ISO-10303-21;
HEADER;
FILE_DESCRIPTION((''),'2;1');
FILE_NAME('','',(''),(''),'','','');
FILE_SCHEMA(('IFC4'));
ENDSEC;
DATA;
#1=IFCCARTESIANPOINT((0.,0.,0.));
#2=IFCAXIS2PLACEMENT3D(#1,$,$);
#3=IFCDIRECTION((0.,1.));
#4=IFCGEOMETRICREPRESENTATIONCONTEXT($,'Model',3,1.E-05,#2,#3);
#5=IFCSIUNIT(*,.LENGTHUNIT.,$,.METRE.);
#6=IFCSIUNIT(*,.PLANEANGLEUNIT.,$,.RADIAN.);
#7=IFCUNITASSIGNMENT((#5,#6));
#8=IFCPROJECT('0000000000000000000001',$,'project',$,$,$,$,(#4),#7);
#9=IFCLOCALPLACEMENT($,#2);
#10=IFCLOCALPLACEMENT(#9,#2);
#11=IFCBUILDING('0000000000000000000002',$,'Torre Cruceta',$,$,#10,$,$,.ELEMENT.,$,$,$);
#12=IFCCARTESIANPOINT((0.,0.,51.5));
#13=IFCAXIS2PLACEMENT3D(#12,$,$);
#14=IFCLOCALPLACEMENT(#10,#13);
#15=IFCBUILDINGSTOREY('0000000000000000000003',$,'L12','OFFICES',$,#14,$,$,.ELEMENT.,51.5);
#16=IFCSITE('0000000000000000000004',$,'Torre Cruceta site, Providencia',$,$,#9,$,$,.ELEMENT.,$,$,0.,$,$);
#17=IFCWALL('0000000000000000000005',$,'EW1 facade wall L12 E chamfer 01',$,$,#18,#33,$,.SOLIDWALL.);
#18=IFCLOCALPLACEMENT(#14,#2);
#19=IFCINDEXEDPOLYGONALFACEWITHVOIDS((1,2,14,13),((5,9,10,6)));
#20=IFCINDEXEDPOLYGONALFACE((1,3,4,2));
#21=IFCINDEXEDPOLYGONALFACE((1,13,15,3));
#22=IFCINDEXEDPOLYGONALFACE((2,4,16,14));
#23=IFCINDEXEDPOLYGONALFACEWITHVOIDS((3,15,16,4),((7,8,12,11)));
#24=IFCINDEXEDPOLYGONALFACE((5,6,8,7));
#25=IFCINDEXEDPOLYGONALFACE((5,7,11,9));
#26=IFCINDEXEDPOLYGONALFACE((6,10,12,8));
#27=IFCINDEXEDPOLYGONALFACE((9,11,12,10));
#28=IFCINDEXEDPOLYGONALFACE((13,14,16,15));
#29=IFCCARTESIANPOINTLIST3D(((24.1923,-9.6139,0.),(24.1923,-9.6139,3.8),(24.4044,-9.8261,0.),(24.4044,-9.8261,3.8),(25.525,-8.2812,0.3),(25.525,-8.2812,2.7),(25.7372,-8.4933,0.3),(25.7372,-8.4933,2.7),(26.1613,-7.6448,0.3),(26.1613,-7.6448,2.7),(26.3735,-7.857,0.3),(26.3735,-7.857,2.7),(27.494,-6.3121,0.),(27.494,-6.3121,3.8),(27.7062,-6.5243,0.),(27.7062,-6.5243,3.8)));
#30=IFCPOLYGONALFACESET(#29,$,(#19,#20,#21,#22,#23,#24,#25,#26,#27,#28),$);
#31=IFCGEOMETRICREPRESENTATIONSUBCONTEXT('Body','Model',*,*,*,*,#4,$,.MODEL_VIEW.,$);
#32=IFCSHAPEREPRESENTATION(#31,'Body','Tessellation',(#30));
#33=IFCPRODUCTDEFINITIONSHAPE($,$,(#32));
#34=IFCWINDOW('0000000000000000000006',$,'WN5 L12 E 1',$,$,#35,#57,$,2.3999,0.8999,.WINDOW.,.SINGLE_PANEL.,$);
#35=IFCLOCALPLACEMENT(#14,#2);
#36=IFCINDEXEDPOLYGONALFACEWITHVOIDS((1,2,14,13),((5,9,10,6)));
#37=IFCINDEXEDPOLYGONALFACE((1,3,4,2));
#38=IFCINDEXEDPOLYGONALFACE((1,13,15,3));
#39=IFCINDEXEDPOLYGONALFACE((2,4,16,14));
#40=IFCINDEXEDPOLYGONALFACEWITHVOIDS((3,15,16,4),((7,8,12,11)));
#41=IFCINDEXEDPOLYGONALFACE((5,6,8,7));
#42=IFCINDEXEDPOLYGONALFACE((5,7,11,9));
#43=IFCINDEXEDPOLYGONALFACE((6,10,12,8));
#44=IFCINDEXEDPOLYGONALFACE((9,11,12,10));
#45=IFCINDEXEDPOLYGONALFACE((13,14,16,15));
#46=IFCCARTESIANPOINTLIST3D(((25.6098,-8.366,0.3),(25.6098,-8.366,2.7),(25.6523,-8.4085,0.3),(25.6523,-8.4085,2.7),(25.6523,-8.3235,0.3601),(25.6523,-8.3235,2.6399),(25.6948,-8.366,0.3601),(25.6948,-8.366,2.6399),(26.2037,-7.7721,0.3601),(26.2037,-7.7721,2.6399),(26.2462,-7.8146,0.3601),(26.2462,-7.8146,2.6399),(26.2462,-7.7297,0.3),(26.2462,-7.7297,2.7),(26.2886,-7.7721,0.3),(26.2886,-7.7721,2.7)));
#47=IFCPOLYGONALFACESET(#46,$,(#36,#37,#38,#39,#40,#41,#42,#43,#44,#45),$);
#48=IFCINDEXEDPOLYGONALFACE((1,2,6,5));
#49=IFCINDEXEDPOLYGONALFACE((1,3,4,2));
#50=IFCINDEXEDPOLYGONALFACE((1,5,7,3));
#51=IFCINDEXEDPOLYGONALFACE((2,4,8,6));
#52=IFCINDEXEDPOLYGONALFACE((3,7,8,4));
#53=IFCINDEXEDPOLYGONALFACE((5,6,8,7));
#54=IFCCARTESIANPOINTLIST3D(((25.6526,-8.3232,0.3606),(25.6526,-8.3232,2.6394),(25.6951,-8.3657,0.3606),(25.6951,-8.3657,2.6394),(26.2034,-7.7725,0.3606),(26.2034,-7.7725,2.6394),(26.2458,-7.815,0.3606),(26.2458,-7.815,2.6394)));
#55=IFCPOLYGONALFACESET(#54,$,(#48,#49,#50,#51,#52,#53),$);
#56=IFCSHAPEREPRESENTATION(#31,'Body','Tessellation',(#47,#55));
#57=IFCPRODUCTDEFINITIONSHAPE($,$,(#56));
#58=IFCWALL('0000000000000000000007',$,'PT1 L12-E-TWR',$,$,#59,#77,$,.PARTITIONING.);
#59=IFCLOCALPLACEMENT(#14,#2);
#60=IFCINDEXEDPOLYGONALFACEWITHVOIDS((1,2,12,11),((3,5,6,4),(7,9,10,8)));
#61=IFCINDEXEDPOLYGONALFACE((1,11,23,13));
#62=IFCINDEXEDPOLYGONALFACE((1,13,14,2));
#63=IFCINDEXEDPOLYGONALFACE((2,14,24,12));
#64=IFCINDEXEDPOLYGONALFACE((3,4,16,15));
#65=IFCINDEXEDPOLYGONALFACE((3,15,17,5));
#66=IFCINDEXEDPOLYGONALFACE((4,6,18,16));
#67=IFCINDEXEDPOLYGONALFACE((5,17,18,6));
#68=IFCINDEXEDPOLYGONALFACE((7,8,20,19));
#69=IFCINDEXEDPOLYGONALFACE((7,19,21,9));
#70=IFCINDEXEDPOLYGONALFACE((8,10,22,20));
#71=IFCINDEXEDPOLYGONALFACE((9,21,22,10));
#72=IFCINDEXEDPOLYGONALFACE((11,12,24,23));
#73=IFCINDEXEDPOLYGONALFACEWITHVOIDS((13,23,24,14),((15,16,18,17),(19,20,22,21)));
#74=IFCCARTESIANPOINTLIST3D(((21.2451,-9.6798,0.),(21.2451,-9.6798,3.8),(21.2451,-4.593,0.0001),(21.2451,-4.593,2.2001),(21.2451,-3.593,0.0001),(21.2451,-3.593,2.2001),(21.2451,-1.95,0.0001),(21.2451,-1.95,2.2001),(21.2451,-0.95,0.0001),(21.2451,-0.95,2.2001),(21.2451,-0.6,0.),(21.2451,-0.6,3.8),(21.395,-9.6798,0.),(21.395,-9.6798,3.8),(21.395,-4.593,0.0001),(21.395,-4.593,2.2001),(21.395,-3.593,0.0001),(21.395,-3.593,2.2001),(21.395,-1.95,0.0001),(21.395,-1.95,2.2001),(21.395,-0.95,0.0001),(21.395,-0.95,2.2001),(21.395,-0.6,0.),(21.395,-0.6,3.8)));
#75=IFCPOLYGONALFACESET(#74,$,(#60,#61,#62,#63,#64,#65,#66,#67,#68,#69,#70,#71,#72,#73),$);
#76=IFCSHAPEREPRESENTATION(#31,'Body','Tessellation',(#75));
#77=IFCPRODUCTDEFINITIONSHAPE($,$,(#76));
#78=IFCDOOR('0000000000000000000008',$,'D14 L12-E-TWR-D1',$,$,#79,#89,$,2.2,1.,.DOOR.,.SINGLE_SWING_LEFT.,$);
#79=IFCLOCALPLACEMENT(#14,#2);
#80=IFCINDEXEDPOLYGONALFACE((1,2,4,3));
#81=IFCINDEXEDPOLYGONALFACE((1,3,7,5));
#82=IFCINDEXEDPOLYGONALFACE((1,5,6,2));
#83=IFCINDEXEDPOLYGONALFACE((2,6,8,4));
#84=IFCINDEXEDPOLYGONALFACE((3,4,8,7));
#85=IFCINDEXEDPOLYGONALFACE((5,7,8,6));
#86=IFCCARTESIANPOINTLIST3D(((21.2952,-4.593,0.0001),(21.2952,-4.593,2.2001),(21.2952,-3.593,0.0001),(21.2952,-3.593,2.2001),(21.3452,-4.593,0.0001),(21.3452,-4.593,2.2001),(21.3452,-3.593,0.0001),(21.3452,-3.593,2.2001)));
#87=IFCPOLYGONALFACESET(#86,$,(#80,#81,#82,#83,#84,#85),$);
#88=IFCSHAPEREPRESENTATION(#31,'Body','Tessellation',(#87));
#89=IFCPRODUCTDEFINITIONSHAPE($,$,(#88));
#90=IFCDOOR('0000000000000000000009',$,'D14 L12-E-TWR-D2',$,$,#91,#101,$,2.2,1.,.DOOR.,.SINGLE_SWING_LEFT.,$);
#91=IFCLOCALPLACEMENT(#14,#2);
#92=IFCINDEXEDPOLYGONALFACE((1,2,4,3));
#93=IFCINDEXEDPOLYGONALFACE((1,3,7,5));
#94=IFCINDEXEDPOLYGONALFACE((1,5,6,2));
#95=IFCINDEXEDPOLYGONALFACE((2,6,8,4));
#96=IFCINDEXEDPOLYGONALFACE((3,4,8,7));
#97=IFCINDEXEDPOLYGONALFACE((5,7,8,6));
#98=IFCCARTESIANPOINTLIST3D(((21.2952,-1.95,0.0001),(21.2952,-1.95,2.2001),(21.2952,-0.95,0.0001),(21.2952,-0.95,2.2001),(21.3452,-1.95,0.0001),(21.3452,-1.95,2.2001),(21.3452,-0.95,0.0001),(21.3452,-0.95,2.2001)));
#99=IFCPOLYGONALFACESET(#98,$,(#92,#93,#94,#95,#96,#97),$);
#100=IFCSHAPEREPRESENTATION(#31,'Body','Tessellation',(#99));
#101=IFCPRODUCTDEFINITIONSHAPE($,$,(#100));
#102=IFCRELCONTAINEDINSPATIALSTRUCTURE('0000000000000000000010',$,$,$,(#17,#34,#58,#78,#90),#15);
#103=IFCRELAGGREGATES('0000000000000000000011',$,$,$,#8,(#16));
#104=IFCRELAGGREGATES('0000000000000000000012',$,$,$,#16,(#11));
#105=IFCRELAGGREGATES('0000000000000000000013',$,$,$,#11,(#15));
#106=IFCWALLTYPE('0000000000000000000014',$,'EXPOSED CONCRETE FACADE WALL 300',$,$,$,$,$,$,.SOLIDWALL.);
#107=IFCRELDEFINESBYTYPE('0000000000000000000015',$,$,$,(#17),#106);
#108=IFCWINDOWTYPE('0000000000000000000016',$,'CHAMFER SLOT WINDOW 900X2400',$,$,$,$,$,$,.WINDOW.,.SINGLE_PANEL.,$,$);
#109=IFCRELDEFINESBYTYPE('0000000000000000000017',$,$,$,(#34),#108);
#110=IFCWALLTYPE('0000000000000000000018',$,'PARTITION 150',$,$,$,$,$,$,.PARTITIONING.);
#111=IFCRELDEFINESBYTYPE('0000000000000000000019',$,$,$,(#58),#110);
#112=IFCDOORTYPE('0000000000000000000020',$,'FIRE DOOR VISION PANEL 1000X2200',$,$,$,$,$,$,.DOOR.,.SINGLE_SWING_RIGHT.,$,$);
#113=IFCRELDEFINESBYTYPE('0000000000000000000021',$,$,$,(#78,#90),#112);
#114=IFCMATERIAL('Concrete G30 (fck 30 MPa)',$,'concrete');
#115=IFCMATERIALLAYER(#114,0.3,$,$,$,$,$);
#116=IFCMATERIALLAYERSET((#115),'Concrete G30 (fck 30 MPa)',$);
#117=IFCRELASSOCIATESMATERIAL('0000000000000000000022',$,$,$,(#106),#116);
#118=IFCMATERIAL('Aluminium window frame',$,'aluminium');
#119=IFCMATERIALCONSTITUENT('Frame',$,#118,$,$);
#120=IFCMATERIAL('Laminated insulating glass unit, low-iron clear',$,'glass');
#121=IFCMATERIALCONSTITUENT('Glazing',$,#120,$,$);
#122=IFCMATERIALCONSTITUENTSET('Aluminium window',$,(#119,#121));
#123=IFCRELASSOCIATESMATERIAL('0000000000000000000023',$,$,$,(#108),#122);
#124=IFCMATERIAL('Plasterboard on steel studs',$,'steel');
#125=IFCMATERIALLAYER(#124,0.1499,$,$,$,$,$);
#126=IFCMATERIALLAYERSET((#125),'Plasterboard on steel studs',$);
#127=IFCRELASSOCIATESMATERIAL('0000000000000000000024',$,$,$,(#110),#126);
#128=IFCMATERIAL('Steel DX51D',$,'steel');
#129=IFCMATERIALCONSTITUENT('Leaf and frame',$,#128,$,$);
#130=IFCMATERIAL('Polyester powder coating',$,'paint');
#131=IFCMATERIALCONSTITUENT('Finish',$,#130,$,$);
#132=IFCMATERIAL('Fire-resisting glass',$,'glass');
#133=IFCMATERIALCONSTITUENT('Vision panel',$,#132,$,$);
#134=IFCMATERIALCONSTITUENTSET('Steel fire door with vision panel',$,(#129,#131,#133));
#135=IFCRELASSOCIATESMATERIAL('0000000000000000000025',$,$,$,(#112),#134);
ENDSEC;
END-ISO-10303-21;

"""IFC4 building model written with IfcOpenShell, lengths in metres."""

from ifc_helpers import new_model, si_unit, direction, frame, frame_2d, origin, place, context, subcontext, project, spatial, rectangle, hollow_rectangle, extrude, material, layer, layer_set, constituent, constituent_set, type_object, element, fill, save


model = new_model("IFC4")

# Units and contexts
model_context = context("Model", 3, precision=1e-05, world=origin(), true_north=direction((0.0, 1.0)))
body_context = subcontext(model_context, "Body", "Model", "MODEL_VIEW")
ifc_project = project(units=[si_unit("LENGTHUNIT", "METRE"), si_unit("PLANEANGLEUNIT", "RADIAN")], contexts=[model_context])

# Site, building, storey
site_placement = place(None, origin())
site = spatial("IfcSite", under=ifc_project, at=site_placement, Name="Torre Cruceta site, Providencia", CompositionType="ELEMENT", RefElevation=0.0)
building_placement = place(site_placement, origin())
building = spatial("IfcBuilding", under=site, at=building_placement, Name="Torre Cruceta", CompositionType="ELEMENT")
storey_placement = place(building_placement, frame((0.0, 0.0, 51.5)))
storey = spatial("IfcBuildingStorey", under=building, at=storey_placement, Name="L12", Description="OFFICES", CompositionType="ELEMENT", Elevation=51.5)

# Wall, opening, window
ifc_material_1 = material(Name="Concrete G30 (fck 30 MPa)", Category="concrete")
ifc_layer_1 = layer(ifc_material_1, 0.3)
ifc_layer_set_1 = layer_set([ifc_layer_1], Name="Concrete G30 (fck 30 MPa)")
wall_type_1 = type_object("IfcWallType", Name="EXPOSED CONCRETE FACADE WALL 300", PredefinedType="SOLIDWALL", material=ifc_layer_set_1)
wall_1_placement = place(storey_placement, frame((24.2983, -9.72, 0.0), z_axis=(0.0, 0.0, 1.0), x_axis=(0.707107, 0.707107, 0.0)))
wall_1 = element("IfcWall", 1, at=wall_1_placement, inside=storey, type_object=wall_type_1, Name="EW1 facade wall L12 E chamfer 01", PredefinedType="SOLIDWALL", context=body_context, shape_type="SweptSolid", body=[
    extrude(rectangle(XDim=4.6694, YDim=0.3, at=frame_2d((2.3347, 0.0))), origin(), (0.0, 0.0, 1.0), 3.8),
])
opening_1_placement = place(wall_1_placement, frame((1.8848, 0.0, 0.3)))
opening_1 = element("IfcOpeningElement", 2, at=opening_1_placement, cuts=wall_1, PredefinedType="OPENING", context=body_context, shape_type="SweptSolid", body=[
    extrude(rectangle(XDim=0.8999, YDim=2.3999, at=frame_2d((0.45, 1.2))), frame((0.0, 0.1599, 0.0), z_axis=(0.0, -1.0, 0.0), x_axis=(1.0, 0.0, 0.0)), (0.0, 0.0, 1.0), 0.3201),
])
ifc_material_2 = material(Name="Aluminium window frame", Category="aluminium")
ifc_constituent_1 = constituent(ifc_material_2, Name="Frame")
ifc_material_3 = material(Name="Laminated insulating glass unit, low-iron clear", Category="glass")
ifc_constituent_2 = constituent(ifc_material_3, Name="Glazing")
ifc_constituent_set_1 = constituent_set(constituents=[ifc_constituent_1, ifc_constituent_2], Name="Aluminium window")
window_type = type_object("IfcWindowType", Name="CHAMFER SLOT WINDOW 900X2400", PartitioningType="SINGLE_PANEL", PredefinedType="WINDOW", material=ifc_constituent_set_1)
window_placement = place(opening_1_placement, origin())
window = element("IfcWindow", 3, at=window_placement, inside=storey, type_object=window_type, Name="WN5 L12 E 1", OverallHeight=2.3999, OverallWidth=0.8999, PartitioningType="SINGLE_PANEL", PredefinedType="WINDOW", context=body_context, shape_type="SweptSolid", body=[
    extrude(hollow_rectangle(XDim=0.8999, YDim=2.3999, WallThickness=0.0601, at=frame_2d((0.45, 1.2))), frame((0.0, 0.03, 0.0), z_axis=(0.0, -1.0, 0.0), x_axis=(1.0, 0.0, 0.0)), (0.0, 0.0, 1.0), 0.0601),
    extrude(rectangle(XDim=0.7788, YDim=2.2788, at=frame_2d((0.45, 1.2))), frame((0.0, 0.03, 0.0), z_axis=(0.0, -1.0, 0.0), x_axis=(1.0, 0.0, 0.0)), (0.0, 0.0, 1.0), 0.0601),
])
fill(opening_1, window)

# Wall, openings, doors
ifc_material_4 = material(Name="Plasterboard on steel studs", Category="steel")
ifc_layer_2 = layer(ifc_material_4, 0.1499)
ifc_layer_set_2 = layer_set([ifc_layer_2], Name="Plasterboard on steel studs")
wall_type_2 = type_object("IfcWallType", Name="PARTITION 150", PredefinedType="PARTITIONING", material=ifc_layer_set_2)
wall_2_placement = place(storey_placement, frame((21.3201, -9.6799, 0.0), z_axis=(0.0, 0.0, 1.0), x_axis=(0.0, 1.0, 0.0)))
wall_2 = element("IfcWall", 4, at=wall_2_placement, inside=storey, type_object=wall_type_2, Name="PT1 L12-E-TWR", PredefinedType="PARTITIONING", context=body_context, shape_type="SweptSolid", body=[
    extrude(rectangle(XDim=9.0798, YDim=0.1499, at=frame_2d((4.54, 0.0))), origin(), (0.0, 0.0, 1.0), 3.8),
])
opening_2_placement = place(wall_2_placement, frame((5.0869, 0.0, 0.0)))
opening_2 = element("IfcOpeningElement", 5, at=opening_2_placement, cuts=wall_2, PredefinedType="OPENING", context=body_context, shape_type="SweptSolid", body=[
    extrude(rectangle(XDim=1.0, YDim=2.2, at=frame_2d((0.5, 1.1001))), frame((0.0, 0.085, 0.0), z_axis=(0.0, -1.0, 0.0), x_axis=(1.0, 0.0, 0.0)), (0.0, 0.0, 1.0), 0.1699),
])
opening_3_placement = place(wall_2_placement, frame((7.73, 0.0, 0.0)))
opening_3 = element("IfcOpeningElement", 6, at=opening_3_placement, cuts=wall_2, PredefinedType="OPENING", context=body_context, shape_type="SweptSolid", body=[
    extrude(rectangle(XDim=1.0, YDim=2.2, at=frame_2d((0.5, 1.1001))), frame((0.0, 0.085, 0.0), z_axis=(0.0, -1.0, 0.0), x_axis=(1.0, 0.0, 0.0)), (0.0, 0.0, 1.0), 0.1699),
])
ifc_material_5 = material(Name="Steel DX51D", Category="steel")
ifc_constituent_3 = constituent(ifc_material_5, Name="Leaf and frame")
ifc_material_6 = material(Name="Polyester powder coating", Category="paint")
ifc_constituent_4 = constituent(ifc_material_6, Name="Finish")
ifc_material_7 = material(Name="Fire-resisting glass", Category="glass")
ifc_constituent_5 = constituent(ifc_material_7, Name="Vision panel")
ifc_constituent_set_2 = constituent_set(constituents=[ifc_constituent_3, ifc_constituent_4, ifc_constituent_5], Name="Steel fire door with vision panel")
door_type = type_object("IfcDoorType", Name="FIRE DOOR VISION PANEL 1000X2200", OperationType="SINGLE_SWING_RIGHT", PredefinedType="DOOR", material=ifc_constituent_set_2)
door_1_placement = place(opening_2_placement, frame((1.0, 0.0, 0.0), z_axis=(0.0, 0.0, 1.0), x_axis=(-1.0, 0.0, 0.0)))
door_1 = element("IfcDoor", 7, at=door_1_placement, inside=storey, type_object=door_type, Name="D14 L12-E-TWR-D1", OperationType="SINGLE_SWING_LEFT", OverallHeight=2.2, OverallWidth=1.0, PredefinedType="DOOR", context=body_context, shape_type="SweptSolid", body=[
    extrude(rectangle(XDim=1.0, YDim=2.2, at=frame_2d((0.5, 1.1001))), frame((0.0, 0.0251, 0.0), z_axis=(0.0, -1.0, 0.0), x_axis=(1.0, 0.0, 0.0)), (0.0, 0.0, 1.0), 0.05),
])
fill(opening_2, door_1)
door_2_placement = place(opening_3_placement, frame((1.0, 0.0, 0.0), z_axis=(0.0, 0.0, 1.0), x_axis=(-1.0, 0.0, 0.0)))
door_2 = element("IfcDoor", 8, at=door_2_placement, inside=storey, type_object=door_type, Name="D14 L12-E-TWR-D2", OperationType="SINGLE_SWING_LEFT", OverallHeight=2.2, OverallWidth=1.0, PredefinedType="DOOR", context=body_context, shape_type="SweptSolid", body=[
    extrude(rectangle(XDim=1.0, YDim=2.2, at=frame_2d((0.5, 1.1001))), frame((0.0, 0.0251, 0.0), z_axis=(0.0, -1.0, 0.0), x_axis=(1.0, 0.0, 0.0)), (0.0, 0.0, 1.0), 0.05),
])
fill(opening_3, door_2)

save(model, "model.ifc")
